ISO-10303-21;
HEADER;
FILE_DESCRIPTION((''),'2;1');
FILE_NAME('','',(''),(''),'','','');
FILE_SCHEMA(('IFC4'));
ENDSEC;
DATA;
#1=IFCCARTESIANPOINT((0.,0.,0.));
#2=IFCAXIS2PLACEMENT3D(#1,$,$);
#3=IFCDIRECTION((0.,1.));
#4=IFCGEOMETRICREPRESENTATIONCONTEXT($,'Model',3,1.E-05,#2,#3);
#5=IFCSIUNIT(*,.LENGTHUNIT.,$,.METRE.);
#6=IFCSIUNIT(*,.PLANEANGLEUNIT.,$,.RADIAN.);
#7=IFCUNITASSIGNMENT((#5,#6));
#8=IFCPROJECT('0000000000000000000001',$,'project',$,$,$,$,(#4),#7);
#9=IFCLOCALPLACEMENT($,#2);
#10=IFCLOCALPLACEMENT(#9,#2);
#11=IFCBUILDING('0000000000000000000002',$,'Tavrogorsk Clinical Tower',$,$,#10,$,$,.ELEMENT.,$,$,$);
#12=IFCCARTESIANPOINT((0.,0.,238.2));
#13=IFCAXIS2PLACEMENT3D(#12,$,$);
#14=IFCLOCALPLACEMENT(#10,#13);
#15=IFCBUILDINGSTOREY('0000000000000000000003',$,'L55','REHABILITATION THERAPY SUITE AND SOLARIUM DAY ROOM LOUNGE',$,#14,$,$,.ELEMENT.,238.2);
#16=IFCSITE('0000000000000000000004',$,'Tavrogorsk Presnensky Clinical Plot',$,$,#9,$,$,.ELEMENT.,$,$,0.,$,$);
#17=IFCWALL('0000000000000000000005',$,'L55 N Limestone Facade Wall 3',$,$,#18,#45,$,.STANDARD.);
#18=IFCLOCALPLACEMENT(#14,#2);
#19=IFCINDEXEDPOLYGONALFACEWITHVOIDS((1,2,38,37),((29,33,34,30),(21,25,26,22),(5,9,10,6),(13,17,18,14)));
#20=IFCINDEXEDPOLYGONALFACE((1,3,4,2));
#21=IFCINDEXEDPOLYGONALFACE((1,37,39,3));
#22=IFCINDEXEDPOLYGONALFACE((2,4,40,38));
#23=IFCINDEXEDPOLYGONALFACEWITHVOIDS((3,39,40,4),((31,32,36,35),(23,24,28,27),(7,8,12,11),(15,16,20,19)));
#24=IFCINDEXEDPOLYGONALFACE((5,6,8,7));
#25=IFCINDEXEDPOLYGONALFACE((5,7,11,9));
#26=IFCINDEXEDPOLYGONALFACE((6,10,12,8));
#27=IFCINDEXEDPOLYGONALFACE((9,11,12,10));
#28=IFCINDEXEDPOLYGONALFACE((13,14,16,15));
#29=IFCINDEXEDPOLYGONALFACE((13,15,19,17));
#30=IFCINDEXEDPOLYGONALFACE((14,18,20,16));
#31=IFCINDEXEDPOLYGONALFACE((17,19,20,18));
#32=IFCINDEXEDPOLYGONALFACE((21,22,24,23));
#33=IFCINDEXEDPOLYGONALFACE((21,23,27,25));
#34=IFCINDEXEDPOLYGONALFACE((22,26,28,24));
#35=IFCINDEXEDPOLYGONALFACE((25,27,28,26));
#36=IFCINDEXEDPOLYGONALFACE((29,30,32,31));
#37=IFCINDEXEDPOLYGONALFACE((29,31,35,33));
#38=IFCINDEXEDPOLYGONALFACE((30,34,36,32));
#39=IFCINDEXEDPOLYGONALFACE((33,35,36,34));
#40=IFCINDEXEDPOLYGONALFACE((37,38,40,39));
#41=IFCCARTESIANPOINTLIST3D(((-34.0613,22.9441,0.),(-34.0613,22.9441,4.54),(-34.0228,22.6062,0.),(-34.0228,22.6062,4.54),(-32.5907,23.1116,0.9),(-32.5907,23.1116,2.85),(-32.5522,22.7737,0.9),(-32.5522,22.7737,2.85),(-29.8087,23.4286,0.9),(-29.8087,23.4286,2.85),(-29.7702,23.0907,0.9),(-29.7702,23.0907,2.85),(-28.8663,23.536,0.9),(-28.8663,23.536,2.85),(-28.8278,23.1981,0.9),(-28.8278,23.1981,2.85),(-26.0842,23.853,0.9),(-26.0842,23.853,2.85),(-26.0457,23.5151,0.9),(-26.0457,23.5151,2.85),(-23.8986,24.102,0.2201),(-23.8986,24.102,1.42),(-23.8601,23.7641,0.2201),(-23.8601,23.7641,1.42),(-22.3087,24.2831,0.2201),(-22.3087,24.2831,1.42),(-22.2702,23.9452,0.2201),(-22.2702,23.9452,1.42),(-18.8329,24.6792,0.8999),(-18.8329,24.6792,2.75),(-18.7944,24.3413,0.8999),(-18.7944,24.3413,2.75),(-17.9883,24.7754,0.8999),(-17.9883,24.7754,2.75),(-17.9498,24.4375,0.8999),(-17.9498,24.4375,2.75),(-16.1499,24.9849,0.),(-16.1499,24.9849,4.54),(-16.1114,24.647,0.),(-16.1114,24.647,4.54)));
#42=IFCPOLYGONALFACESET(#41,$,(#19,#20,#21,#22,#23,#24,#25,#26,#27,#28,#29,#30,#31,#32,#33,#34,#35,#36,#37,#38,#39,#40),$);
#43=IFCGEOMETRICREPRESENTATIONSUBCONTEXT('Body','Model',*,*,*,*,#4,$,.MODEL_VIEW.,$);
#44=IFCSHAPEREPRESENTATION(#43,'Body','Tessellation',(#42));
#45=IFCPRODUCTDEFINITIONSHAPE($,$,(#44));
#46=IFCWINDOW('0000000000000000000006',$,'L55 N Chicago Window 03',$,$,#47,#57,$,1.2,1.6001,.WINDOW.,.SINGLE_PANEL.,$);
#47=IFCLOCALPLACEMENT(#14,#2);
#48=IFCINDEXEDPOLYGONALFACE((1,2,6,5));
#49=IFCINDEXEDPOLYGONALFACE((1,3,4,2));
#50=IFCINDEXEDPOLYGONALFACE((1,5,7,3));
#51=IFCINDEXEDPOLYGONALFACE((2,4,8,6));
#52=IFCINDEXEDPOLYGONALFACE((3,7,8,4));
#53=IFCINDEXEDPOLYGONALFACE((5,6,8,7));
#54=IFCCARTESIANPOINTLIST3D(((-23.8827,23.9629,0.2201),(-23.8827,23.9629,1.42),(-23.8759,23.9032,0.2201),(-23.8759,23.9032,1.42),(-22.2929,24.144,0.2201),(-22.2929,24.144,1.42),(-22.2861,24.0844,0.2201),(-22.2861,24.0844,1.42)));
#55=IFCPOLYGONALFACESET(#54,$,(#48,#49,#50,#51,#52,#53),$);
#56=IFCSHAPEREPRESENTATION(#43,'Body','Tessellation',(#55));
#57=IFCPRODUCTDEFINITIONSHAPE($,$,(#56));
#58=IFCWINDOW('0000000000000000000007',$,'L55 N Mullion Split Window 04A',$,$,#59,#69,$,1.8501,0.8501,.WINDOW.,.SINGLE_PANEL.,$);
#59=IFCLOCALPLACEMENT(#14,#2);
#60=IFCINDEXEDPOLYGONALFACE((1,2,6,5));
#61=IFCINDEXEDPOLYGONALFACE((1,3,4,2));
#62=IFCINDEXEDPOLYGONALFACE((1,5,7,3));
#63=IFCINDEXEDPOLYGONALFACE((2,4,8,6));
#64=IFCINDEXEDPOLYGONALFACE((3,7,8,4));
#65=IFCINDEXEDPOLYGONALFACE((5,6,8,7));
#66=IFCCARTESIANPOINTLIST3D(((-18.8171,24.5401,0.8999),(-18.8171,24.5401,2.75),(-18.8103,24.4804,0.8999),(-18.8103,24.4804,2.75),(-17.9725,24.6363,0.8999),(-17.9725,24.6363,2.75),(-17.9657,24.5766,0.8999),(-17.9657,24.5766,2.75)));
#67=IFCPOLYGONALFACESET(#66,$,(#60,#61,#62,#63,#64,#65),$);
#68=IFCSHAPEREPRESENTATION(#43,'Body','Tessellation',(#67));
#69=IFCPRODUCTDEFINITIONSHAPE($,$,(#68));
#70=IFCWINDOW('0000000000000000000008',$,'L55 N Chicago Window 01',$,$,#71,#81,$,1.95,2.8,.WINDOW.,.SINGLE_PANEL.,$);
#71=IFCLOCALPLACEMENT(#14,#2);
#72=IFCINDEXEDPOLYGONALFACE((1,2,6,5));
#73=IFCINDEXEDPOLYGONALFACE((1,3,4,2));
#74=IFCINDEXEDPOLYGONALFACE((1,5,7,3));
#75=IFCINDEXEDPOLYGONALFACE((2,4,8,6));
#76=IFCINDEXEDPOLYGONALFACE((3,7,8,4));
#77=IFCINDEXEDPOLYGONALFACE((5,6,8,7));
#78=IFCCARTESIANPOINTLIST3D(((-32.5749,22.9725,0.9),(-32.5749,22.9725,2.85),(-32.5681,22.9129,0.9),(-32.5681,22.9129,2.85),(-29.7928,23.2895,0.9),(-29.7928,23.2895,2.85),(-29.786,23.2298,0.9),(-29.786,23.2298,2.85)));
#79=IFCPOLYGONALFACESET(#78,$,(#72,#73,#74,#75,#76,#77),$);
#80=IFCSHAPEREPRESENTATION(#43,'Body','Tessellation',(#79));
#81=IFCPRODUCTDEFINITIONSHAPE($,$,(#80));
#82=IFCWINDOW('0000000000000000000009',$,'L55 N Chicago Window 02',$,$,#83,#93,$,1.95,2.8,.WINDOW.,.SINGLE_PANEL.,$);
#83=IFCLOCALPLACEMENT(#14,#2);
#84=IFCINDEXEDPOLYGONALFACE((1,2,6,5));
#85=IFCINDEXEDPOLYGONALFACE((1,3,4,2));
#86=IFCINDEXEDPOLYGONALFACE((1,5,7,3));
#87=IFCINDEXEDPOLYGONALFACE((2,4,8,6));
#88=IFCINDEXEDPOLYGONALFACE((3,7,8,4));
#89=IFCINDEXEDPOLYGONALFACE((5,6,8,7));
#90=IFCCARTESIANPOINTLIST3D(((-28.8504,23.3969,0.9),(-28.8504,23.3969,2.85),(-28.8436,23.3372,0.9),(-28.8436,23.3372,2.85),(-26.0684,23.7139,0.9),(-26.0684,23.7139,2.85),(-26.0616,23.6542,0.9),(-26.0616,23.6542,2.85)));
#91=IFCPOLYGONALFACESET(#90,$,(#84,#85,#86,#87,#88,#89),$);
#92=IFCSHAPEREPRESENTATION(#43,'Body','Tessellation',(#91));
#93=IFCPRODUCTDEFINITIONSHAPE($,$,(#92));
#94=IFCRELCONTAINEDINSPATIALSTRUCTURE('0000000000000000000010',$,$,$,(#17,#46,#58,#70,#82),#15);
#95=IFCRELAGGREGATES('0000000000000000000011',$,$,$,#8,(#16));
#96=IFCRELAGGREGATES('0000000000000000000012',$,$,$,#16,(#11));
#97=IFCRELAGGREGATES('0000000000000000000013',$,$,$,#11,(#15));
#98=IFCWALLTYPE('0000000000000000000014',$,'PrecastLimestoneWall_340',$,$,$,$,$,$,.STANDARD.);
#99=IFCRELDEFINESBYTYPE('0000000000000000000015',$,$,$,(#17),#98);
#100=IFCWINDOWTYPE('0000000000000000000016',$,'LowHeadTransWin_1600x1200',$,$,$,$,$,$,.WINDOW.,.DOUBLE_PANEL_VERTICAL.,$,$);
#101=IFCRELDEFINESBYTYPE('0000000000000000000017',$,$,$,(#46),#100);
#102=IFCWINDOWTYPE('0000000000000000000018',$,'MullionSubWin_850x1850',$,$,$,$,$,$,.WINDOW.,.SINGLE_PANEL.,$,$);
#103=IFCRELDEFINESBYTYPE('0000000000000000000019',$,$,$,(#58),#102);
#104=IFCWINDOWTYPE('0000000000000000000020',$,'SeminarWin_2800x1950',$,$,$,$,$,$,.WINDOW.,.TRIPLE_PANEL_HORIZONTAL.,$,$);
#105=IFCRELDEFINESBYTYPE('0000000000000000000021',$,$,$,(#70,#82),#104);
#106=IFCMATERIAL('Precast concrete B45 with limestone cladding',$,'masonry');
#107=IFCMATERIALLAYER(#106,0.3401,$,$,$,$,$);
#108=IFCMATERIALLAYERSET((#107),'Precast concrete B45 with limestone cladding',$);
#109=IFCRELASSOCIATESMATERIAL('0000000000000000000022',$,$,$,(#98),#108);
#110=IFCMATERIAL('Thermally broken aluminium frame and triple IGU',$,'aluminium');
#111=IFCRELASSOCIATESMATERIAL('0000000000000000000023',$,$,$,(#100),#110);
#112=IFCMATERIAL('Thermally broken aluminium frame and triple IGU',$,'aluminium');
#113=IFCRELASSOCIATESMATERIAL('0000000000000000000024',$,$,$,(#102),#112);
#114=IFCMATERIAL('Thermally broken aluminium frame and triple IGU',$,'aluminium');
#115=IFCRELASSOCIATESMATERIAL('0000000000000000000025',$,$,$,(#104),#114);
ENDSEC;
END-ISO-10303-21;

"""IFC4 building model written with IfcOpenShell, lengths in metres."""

from ifc_helpers import new_model, si_unit, direction, frame, frame_2d, origin, place, context, subcontext, project, spatial, rectangle, extrude, material, layer, layer_set, type_object, element, fill, save


model = new_model("IFC4")

# Units and contexts
model_context = context("Model", 3, precision=1e-05, world=origin(), true_north=direction((0.0, 1.0)))
body_context = subcontext(model_context, "Body", "Model", "MODEL_VIEW")
ifc_project = project(units=[si_unit("LENGTHUNIT", "METRE"), si_unit("PLANEANGLEUNIT", "RADIAN")], contexts=[model_context])

# Site, building, storey
site_placement = place(None, origin())
site = spatial("IfcSite", under=ifc_project, at=site_placement, Name="Tavrogorsk Presnensky Clinical Plot", CompositionType="ELEMENT", RefElevation=0.0)
building_placement = place(site_placement, origin())
building = spatial("IfcBuilding", under=site, at=building_placement, Name="Tavrogorsk Clinical Tower", CompositionType="ELEMENT")
storey_placement = place(building_placement, frame((0.0, 0.0, 238.2)))
storey = spatial("IfcBuildingStorey", under=building, at=storey_placement, Name="L55", Description="REHABILITATION THERAPY SUITE AND SOLARIUM DAY ROOM LOUNGE", CompositionType="ELEMENT", Elevation=238.2)

# Wall, openings, windows
ifc_material_1 = material(Name="Precast concrete B45 with limestone cladding", Category="masonry")
ifc_layer_1 = layer(ifc_material_1, 0.3401)
ifc_layer_set_1 = layer_set([ifc_layer_1], Name="Precast concrete B45 with limestone cladding")
wall_type_1 = type_object("IfcWallType", Name="PrecastLimestoneWall_340", PredefinedType="STANDARD", material=ifc_layer_set_1)
wall_1_placement = place(storey_placement, frame((-16.1306, 24.8159, 0.0), z_axis=(0.0, 0.0, 1.0), x_axis=(-0.993572, -0.113205, 0.0)))
wall_1 = element("IfcWall", 1, at=wall_1_placement, inside=storey, type_object=wall_type_1, Name="L55 N Limestone Facade Wall 3", PredefinedType="STANDARD", context=body_context, shape_type="SweptSolid", body=[
    extrude(rectangle(XDim=18.0273, YDim=0.3401, at=frame_2d((9.0137, 0.0))), origin(), (0.0, 0.0, 1.0), 4.54),
])
opening_1_placement = place(wall_1_placement, frame((13.7473, 0.0, 0.8999)))
opening_1 = element("IfcOpeningElement", 2, at=opening_1_placement, cuts=wall_1, PredefinedType="OPENING", context=body_context, shape_type="SweptSolid", body=[
    extrude(rectangle(XDim=2.8, YDim=1.95, at=frame_2d((1.3999, 0.9751))), frame((0.0, 0.1799, 0.0), z_axis=(0.0, -1.0, 0.0), x_axis=(1.0, 0.0, 0.0)), (0.0, 0.0, 1.0), 0.3601),
])
opening_2_placement = place(wall_1_placement, frame((9.9988, 0.0, 0.8999)))
opening_2 = element("IfcOpeningElement", 3, at=opening_2_placement, cuts=wall_1, PredefinedType="OPENING", context=body_context, shape_type="SweptSolid", body=[
    extrude(rectangle(XDim=2.8, YDim=1.95, at=frame_2d((1.3999, 0.9751))), frame((0.0, 0.1799, 0.0), z_axis=(0.0, -1.0, 0.0), x_axis=(1.0, 0.0, 0.0)), (0.0, 0.0, 1.0), 0.3601),
])
opening_3_placement = place(wall_1_placement, frame((6.1987, 0.0, 0.22)))
opening_3 = element("IfcOpeningElement", 4, at=opening_3_placement, cuts=wall_1, PredefinedType="OPENING", context=body_context, shape_type="SweptSolid", body=[
    extrude(rectangle(XDim=1.6001, YDim=1.2, at=frame_2d((0.8, 0.6001))), frame((0.0, 0.1799, 0.0), z_axis=(0.0, -1.0, 0.0), x_axis=(1.0, 0.0, 0.0)), (0.0, 0.0, 1.0), 0.3601),
])
opening_4_placement = place(wall_1_placement, frame((1.8503, 0.0, 0.8999)))
opening_4 = element("IfcOpeningElement", 5, at=opening_4_placement, cuts=wall_1, PredefinedType="OPENING", context=body_context, shape_type="SweptSolid", body=[
    extrude(rectangle(XDim=0.8501, YDim=1.8501, at=frame_2d((0.425, 0.925))), frame((0.0, 0.1799, 0.0), z_axis=(0.0, -1.0, 0.0), x_axis=(1.0, 0.0, 0.0)), (0.0, 0.0, 1.0), 0.3601),
])
ifc_material_2 = material(Name="Thermally broken aluminium frame and triple IGU", Category="aluminium")
window_type_1 = type_object("IfcWindowType", Name="LowHeadTransWin_1600x1200", PartitioningType="DOUBLE_PANEL_VERTICAL", PredefinedType="WINDOW", material=ifc_material_2)
window_1_placement = place(opening_3_placement, origin())
window_1 = element("IfcWindow", 6, at=window_1_placement, inside=storey, type_object=window_type_1, Name="L55 N Chicago Window 03", OverallHeight=1.2, OverallWidth=1.6001, PartitioningType="SINGLE_PANEL", PredefinedType="WINDOW", context=body_context, shape_type="SweptSolid", body=[
    extrude(rectangle(XDim=1.6001, YDim=1.2, at=frame_2d((0.8, 0.6001))), frame((0.0, 0.03, 0.0), z_axis=(0.0, -1.0, 0.0), x_axis=(1.0, 0.0, 0.0)), (0.0, 0.0, 1.0), 0.0601),
])
fill(opening_3, window_1)
ifc_material_3 = material(Name="Thermally broken aluminium frame and triple IGU", Category="aluminium")
window_type_2 = type_object("IfcWindowType", Name="MullionSubWin_850x1850", PartitioningType="SINGLE_PANEL", PredefinedType="WINDOW", material=ifc_material_3)
window_2_placement = place(opening_4_placement, origin())
window_2 = element("IfcWindow", 7, at=window_2_placement, inside=storey, type_object=window_type_2, Name="L55 N Mullion Split Window 04A", OverallHeight=1.8501, OverallWidth=0.8501, PartitioningType="SINGLE_PANEL", PredefinedType="WINDOW", context=body_context, shape_type="SweptSolid", body=[
    extrude(rectangle(XDim=0.8501, YDim=1.8501, at=frame_2d((0.425, 0.925))), frame((0.0, 0.03, 0.0), z_axis=(0.0, -1.0, 0.0), x_axis=(1.0, 0.0, 0.0)), (0.0, 0.0, 1.0), 0.0601),
])
fill(opening_4, window_2)
ifc_material_4 = material(Name="Thermally broken aluminium frame and triple IGU", Category="aluminium")
window_type_3 = type_object("IfcWindowType", Name="SeminarWin_2800x1950", PartitioningType="TRIPLE_PANEL_HORIZONTAL", PredefinedType="WINDOW", material=ifc_material_4)
window_3_placement = place(opening_1_placement, origin())
window_3 = element("IfcWindow", 8, at=window_3_placement, inside=storey, type_object=window_type_3, Name="L55 N Chicago Window 01", OverallHeight=1.95, OverallWidth=2.8, PartitioningType="SINGLE_PANEL", PredefinedType="WINDOW", context=body_context, shape_type="SweptSolid", body=[
    extrude(rectangle(XDim=2.8, YDim=1.95, at=frame_2d((1.3999, 0.9751))), frame((0.0, 0.03, 0.0), z_axis=(0.0, -1.0, 0.0), x_axis=(1.0, 0.0, 0.0)), (0.0, 0.0, 1.0), 0.0601),
])
fill(opening_1, window_3)
window_4_placement = place(opening_2_placement, origin())
window_4 = element("IfcWindow", 9, at=window_4_placement, inside=storey, type_object=window_type_3, Name="L55 N Chicago Window 02", OverallHeight=1.95, OverallWidth=2.8, PartitioningType="SINGLE_PANEL", PredefinedType="WINDOW", context=body_context, shape_type="SweptSolid", body=[
    extrude(rectangle(XDim=2.8, YDim=1.95, at=frame_2d((1.3999, 0.9751))), frame((0.0, 0.03, 0.0), z_axis=(0.0, -1.0, 0.0), x_axis=(1.0, 0.0, 0.0)), (0.0, 0.0, 1.0), 0.0601),
])
fill(opening_2, window_4)

save(model, "model.ifc")
